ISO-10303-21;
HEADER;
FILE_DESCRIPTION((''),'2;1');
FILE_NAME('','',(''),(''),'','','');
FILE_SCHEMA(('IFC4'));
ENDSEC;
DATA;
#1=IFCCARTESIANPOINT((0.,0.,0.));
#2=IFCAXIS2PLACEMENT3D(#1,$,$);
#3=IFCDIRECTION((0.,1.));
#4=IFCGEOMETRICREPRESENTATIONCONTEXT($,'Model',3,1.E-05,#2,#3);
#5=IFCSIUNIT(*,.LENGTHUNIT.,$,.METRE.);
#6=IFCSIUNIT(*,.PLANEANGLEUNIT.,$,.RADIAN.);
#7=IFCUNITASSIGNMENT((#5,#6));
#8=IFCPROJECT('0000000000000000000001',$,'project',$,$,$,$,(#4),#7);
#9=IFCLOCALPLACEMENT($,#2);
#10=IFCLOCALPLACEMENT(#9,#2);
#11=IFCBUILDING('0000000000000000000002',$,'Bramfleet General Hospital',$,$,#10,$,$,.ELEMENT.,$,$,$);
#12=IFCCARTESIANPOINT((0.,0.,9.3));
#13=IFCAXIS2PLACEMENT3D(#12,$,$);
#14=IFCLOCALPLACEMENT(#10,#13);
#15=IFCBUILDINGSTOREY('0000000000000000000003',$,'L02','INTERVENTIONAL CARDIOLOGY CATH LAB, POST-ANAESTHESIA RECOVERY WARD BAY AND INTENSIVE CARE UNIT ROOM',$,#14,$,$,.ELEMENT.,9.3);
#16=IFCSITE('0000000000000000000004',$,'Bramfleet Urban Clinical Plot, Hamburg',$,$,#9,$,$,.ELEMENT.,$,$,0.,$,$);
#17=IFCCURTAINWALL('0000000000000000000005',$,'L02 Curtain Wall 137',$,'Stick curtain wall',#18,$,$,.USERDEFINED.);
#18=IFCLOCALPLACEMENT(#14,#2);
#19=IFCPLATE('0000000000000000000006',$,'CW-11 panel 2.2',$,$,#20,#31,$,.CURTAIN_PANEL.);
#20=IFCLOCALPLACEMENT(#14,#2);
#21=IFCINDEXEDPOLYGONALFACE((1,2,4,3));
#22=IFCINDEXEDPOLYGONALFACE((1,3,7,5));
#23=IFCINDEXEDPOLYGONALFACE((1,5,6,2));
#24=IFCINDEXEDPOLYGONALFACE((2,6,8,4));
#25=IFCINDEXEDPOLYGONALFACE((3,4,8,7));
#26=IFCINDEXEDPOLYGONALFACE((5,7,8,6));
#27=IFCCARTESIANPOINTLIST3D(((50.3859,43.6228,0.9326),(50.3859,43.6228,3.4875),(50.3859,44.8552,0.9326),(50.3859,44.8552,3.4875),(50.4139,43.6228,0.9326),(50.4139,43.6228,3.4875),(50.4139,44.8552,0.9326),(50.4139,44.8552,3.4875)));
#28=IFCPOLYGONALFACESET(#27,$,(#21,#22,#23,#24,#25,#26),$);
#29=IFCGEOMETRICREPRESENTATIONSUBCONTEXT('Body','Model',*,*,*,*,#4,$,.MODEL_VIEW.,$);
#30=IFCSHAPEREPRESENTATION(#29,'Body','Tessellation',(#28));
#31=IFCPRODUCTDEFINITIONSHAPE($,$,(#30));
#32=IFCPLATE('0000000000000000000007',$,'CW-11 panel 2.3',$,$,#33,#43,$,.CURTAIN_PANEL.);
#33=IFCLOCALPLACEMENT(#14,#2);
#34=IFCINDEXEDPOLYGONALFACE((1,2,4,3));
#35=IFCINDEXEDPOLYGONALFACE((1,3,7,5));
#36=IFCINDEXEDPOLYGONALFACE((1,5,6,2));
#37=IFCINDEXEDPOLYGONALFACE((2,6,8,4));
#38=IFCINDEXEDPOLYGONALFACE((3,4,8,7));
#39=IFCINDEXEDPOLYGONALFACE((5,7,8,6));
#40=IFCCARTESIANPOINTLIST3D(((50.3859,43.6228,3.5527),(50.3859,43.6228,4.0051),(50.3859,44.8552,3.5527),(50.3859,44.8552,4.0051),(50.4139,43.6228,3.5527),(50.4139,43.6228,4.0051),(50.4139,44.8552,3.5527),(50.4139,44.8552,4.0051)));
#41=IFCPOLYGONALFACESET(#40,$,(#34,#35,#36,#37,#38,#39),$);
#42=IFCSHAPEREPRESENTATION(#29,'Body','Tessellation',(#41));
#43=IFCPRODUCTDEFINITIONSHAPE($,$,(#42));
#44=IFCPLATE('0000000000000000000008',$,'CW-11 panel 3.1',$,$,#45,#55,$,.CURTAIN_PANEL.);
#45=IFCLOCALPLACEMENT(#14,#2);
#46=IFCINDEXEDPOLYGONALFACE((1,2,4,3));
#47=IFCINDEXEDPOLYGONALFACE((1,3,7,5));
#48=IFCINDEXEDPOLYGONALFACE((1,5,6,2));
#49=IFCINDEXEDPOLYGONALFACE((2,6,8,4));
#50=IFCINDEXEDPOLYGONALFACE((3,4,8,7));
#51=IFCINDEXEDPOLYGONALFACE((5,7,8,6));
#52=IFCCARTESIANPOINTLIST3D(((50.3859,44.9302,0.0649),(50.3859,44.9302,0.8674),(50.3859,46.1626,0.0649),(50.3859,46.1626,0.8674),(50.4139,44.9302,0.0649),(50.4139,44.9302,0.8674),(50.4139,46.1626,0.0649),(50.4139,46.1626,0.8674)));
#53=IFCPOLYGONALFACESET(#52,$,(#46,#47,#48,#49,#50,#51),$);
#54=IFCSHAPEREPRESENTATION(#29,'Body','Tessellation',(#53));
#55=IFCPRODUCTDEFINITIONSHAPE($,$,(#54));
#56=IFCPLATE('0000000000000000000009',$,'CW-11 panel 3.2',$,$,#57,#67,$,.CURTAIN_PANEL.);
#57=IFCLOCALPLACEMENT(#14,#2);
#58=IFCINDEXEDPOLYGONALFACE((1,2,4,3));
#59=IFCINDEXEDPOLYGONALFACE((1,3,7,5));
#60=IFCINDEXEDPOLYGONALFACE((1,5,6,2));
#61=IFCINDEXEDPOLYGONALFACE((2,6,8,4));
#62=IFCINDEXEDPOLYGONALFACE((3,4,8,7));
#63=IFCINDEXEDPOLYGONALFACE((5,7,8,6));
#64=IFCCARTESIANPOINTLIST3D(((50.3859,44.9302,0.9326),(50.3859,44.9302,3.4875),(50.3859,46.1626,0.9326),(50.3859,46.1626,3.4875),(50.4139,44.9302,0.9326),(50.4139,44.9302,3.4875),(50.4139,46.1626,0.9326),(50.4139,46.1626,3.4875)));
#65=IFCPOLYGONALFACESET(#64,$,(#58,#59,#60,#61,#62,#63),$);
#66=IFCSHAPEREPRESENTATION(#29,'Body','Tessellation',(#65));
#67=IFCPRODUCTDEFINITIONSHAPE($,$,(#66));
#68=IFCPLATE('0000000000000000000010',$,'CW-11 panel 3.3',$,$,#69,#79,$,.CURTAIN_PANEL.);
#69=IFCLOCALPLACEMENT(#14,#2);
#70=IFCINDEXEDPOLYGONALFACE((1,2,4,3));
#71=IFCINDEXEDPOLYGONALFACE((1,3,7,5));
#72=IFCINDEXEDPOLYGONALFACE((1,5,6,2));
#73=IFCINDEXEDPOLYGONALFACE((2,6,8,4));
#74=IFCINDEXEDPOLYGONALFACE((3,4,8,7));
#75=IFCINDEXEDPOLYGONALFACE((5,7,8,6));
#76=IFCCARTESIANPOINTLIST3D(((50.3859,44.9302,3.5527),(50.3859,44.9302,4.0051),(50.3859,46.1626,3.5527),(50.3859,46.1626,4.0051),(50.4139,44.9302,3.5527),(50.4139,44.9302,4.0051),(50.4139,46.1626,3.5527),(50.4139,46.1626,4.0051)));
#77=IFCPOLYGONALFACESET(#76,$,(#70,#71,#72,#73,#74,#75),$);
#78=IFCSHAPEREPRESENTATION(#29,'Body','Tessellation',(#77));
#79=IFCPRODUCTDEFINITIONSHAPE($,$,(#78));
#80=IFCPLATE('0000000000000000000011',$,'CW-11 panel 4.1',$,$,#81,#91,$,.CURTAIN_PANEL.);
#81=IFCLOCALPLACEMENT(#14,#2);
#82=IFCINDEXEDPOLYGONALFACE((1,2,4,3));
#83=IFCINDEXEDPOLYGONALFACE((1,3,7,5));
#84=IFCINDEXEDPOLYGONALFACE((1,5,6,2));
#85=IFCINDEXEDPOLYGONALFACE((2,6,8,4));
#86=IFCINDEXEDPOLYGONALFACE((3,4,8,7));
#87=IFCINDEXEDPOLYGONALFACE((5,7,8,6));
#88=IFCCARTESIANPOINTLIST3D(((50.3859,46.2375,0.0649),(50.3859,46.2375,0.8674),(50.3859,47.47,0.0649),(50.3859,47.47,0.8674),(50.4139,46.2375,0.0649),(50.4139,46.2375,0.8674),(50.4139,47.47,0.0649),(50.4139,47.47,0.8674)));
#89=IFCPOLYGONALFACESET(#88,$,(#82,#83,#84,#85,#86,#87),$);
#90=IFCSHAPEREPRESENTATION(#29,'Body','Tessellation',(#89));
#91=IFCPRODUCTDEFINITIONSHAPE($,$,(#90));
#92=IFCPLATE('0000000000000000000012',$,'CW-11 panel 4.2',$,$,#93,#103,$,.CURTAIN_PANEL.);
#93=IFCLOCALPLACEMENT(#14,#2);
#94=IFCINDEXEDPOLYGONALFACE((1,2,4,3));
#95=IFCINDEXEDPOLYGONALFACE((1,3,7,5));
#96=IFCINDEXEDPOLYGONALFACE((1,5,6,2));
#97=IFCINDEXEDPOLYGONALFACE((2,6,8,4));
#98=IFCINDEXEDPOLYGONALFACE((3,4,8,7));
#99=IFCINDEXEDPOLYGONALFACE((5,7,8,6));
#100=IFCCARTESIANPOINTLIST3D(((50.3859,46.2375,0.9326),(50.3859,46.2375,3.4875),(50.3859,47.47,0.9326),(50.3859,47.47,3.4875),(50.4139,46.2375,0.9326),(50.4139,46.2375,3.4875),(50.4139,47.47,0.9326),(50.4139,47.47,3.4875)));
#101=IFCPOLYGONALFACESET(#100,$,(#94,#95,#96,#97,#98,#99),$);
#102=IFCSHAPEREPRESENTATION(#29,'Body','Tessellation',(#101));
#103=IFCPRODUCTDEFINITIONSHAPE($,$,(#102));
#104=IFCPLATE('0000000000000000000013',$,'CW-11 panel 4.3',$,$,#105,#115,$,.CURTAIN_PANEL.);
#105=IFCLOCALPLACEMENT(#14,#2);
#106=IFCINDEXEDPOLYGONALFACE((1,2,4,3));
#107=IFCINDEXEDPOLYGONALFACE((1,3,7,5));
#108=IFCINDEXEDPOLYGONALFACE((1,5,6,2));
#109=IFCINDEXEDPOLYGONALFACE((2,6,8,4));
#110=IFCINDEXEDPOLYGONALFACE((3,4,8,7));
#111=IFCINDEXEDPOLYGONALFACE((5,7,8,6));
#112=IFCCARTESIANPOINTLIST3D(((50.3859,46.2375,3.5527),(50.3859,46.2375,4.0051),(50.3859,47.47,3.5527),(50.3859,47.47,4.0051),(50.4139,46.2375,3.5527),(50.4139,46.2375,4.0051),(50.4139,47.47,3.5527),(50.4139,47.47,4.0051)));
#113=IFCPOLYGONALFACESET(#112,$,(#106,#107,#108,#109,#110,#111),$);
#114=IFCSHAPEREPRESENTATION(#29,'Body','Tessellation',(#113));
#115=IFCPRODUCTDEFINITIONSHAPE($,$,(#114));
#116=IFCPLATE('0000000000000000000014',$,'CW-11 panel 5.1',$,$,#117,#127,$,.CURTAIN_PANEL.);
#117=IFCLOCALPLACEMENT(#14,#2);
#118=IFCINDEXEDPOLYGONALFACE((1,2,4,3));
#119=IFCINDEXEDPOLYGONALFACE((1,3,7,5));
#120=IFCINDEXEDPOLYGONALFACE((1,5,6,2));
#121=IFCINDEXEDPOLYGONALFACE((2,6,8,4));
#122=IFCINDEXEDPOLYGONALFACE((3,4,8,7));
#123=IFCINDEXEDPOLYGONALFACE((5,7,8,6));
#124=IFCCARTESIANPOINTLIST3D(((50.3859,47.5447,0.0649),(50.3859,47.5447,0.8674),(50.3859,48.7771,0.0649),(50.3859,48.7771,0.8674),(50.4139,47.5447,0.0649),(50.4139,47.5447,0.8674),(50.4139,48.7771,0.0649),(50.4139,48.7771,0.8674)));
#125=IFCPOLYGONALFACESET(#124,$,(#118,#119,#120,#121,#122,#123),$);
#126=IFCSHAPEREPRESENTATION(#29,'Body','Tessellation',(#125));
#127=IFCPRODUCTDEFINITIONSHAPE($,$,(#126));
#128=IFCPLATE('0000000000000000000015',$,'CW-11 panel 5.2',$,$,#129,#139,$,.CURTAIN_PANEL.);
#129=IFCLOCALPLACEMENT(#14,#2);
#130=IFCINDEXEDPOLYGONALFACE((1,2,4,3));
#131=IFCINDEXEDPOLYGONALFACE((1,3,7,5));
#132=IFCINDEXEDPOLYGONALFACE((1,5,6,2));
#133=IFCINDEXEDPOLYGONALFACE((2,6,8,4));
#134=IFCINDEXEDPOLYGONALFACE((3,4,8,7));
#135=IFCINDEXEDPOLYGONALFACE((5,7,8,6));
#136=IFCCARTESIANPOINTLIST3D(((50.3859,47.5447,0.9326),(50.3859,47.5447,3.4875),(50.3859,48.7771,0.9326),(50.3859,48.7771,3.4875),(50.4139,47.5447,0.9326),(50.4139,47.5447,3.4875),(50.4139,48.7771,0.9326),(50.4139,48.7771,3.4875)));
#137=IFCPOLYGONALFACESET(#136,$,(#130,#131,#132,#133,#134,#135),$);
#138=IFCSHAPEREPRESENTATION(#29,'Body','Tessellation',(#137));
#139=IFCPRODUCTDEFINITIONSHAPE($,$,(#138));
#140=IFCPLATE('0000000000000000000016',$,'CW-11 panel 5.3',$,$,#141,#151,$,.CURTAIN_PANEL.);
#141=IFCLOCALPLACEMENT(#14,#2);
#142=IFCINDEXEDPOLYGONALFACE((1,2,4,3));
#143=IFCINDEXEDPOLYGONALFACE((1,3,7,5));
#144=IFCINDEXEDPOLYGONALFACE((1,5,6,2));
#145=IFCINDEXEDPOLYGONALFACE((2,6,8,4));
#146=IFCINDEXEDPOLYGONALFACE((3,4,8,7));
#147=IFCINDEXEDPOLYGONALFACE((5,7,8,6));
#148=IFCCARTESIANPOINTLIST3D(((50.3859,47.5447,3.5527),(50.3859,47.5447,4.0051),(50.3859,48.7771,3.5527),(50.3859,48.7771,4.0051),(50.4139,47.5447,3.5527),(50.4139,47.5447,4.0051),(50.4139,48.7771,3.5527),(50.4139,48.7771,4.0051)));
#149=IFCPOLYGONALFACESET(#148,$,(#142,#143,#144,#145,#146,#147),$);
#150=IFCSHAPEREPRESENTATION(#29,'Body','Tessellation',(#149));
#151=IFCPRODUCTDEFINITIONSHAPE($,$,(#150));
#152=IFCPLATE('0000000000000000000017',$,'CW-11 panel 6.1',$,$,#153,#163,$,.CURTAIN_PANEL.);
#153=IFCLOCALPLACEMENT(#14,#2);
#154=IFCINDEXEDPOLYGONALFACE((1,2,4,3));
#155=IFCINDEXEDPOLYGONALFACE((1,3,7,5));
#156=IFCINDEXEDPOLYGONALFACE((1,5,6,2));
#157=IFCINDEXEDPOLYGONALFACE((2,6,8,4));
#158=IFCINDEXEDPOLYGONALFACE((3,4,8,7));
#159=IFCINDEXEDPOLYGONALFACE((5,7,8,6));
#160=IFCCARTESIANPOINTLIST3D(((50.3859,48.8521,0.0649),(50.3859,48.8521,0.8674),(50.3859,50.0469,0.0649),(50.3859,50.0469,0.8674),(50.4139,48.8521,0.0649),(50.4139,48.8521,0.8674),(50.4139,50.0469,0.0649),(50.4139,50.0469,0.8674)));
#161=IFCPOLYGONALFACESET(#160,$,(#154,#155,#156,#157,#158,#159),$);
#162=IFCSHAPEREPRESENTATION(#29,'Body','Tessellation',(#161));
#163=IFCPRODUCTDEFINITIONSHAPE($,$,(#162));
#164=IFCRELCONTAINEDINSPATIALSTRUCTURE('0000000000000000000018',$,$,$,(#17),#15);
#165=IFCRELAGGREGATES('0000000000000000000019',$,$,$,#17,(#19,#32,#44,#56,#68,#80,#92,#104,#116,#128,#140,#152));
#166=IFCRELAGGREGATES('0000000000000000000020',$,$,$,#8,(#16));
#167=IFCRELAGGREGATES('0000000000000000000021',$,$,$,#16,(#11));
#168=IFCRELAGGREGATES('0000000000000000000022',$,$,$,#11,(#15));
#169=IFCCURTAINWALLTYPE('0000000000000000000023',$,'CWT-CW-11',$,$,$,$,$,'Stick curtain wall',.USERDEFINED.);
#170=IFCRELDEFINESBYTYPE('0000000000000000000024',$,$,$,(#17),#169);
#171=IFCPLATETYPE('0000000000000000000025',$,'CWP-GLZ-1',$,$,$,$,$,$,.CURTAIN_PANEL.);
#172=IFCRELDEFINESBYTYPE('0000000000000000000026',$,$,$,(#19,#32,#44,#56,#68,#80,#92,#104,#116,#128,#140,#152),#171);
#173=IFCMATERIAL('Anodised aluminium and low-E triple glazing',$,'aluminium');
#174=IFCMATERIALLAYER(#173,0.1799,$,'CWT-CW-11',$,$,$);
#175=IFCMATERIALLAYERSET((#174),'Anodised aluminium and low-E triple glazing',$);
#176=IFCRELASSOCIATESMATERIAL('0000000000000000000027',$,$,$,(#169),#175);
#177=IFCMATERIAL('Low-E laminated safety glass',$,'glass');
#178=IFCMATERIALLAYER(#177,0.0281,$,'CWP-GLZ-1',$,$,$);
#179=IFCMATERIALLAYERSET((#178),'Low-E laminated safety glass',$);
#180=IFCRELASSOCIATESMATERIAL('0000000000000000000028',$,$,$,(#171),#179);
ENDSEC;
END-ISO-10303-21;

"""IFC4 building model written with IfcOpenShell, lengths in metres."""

from ifc_helpers import new_model, si_unit, direction, frame, origin, origin_2d, place, context, subcontext, project, spatial, rectangle, extrude, material, layer, layer_set, type_object, element, aggregate, save


model = new_model("IFC4")

# Units and contexts
model_context = context("Model", 3, precision=1e-05, world=origin(), true_north=direction((0.0, 1.0)))
body_context = subcontext(model_context, "Body", "Model", "MODEL_VIEW")
ifc_project = project(units=[si_unit("LENGTHUNIT", "METRE"), si_unit("PLANEANGLEUNIT", "RADIAN")], contexts=[model_context])

# Site, building, storey
site_placement = place(None, origin())
site = spatial("IfcSite", under=ifc_project, at=site_placement, Name="Bramfleet Urban Clinical Plot, Hamburg", CompositionType="ELEMENT", RefElevation=0.0)
building_placement = place(site_placement, origin())
building = spatial("IfcBuilding", under=site, at=building_placement, Name="Bramfleet General Hospital", CompositionType="ELEMENT")
storey_placement = place(building_placement, frame((0.0, 0.0, 9.3)))
storey = spatial("IfcBuildingStorey", under=building, at=storey_placement, Name="L02", Description="INTERVENTIONAL CARDIOLOGY CATH LAB, POST-ANAESTHESIA RECOVERY WARD BAY AND INTENSIVE CARE UNIT ROOM", CompositionType="ELEMENT", Elevation=9.3)

# Curtain wall, plates
ifc_material_1 = material(Name="Anodised aluminium and low-E triple glazing", Category="aluminium")
ifc_layer_1 = layer(ifc_material_1, 0.1799, Name="CWT-CW-11")
ifc_layer_set_1 = layer_set([ifc_layer_1], Name="Anodised aluminium and low-E triple glazing")
curtain_wall_type = type_object("IfcCurtainWallType", Name="CWT-CW-11", ElementType="Stick curtain wall", PredefinedType="USERDEFINED", material=ifc_layer_set_1)
curtain_wall_placement = place(storey_placement, origin())
curtain_wall = element("IfcCurtainWall", 1, at=curtain_wall_placement, inside=storey, type_object=curtain_wall_type, Name="L02 Curtain Wall 137", ObjectType="Stick curtain wall", PredefinedType="USERDEFINED")
ifc_material_2 = material(Name="Low-E laminated safety glass", Category="glass")
ifc_layer_2 = layer(ifc_material_2, 0.0281, Name="CWP-GLZ-1")
ifc_layer_set_2 = layer_set([ifc_layer_2], Name="Low-E laminated safety glass")
plate_type = type_object("IfcPlateType", Name="CWP-GLZ-1", PredefinedType="CURTAIN_PANEL", material=ifc_layer_set_2)
plate_1_placement = place(storey_placement, frame((50.3999, 44.239, 0.9326), z_axis=(0.0, 0.0, 1.0), x_axis=(0.0, 1.0, 0.0)))
plate_1 = element("IfcPlate", 2, at=plate_1_placement, type_object=plate_type, Name="CW-11 panel 2.2", PredefinedType="CURTAIN_PANEL", context=body_context, shape_type="SweptSolid", body=[
    extrude(rectangle(XDim=1.2324, YDim=0.0281, at=origin_2d()), origin(), (0.0, 0.0, 1.0), 2.5549),
])
plate_2_placement = place(storey_placement, frame((50.3999, 44.239, 3.5527), z_axis=(0.0, 0.0, 1.0), x_axis=(0.0, 1.0, 0.0)))
plate_2 = element("IfcPlate", 3, at=plate_2_placement, type_object=plate_type, Name="CW-11 panel 2.3", PredefinedType="CURTAIN_PANEL", context=body_context, shape_type="SweptSolid", body=[
    extrude(rectangle(XDim=1.2324, YDim=0.0281, at=origin_2d()), origin(), (0.0, 0.0, 1.0), 0.4524),
])
plate_3_placement = place(storey_placement, frame((50.3999, 45.5464, 0.0649), z_axis=(0.0, 0.0, 1.0), x_axis=(0.0, 1.0, 0.0)))
plate_3 = element("IfcPlate", 4, at=plate_3_placement, type_object=plate_type, Name="CW-11 panel 3.1", PredefinedType="CURTAIN_PANEL", context=body_context, shape_type="SweptSolid", body=[
    extrude(rectangle(XDim=1.2324, YDim=0.0281, at=origin_2d()), origin(), (0.0, 0.0, 1.0), 0.8025),
])
plate_4_placement = place(storey_placement, frame((50.3999, 45.5464, 0.9326), z_axis=(0.0, 0.0, 1.0), x_axis=(0.0, 1.0, 0.0)))
plate_4 = element("IfcPlate", 5, at=plate_4_placement, type_object=plate_type, Name="CW-11 panel 3.2", PredefinedType="CURTAIN_PANEL", context=body_context, shape_type="SweptSolid", body=[
    extrude(rectangle(XDim=1.2324, YDim=0.0281, at=origin_2d()), origin(), (0.0, 0.0, 1.0), 2.5549),
])
plate_5_placement = place(storey_placement, frame((50.3999, 45.5464, 3.5527), z_axis=(0.0, 0.0, 1.0), x_axis=(0.0, 1.0, 0.0)))
plate_5 = element("IfcPlate", 6, at=plate_5_placement, type_object=plate_type, Name="CW-11 panel 3.3", PredefinedType="CURTAIN_PANEL", context=body_context, shape_type="SweptSolid", body=[
    extrude(rectangle(XDim=1.2324, YDim=0.0281, at=origin_2d()), origin(), (0.0, 0.0, 1.0), 0.4524),
])
plate_6_placement = place(storey_placement, frame((50.3999, 46.8538, 0.0649), z_axis=(0.0, 0.0, 1.0), x_axis=(0.0, 1.0, 0.0)))
plate_6 = element("IfcPlate", 7, at=plate_6_placement, type_object=plate_type, Name="CW-11 panel 4.1", PredefinedType="CURTAIN_PANEL", context=body_context, shape_type="SweptSolid", body=[
    extrude(rectangle(XDim=1.2324, YDim=0.0281, at=origin_2d()), origin(), (0.0, 0.0, 1.0), 0.8025),
])
plate_7_placement = place(storey_placement, frame((50.3999, 46.8538, 0.9326), z_axis=(0.0, 0.0, 1.0), x_axis=(0.0, 1.0, 0.0)))
plate_7 = element("IfcPlate", 8, at=plate_7_placement, type_object=plate_type, Name="CW-11 panel 4.2", PredefinedType="CURTAIN_PANEL", context=body_context, shape_type="SweptSolid", body=[
    extrude(rectangle(XDim=1.2324, YDim=0.0281, at=origin_2d()), origin(), (0.0, 0.0, 1.0), 2.5549),
])
plate_8_placement = place(storey_placement, frame((50.3999, 46.8538, 3.5527), z_axis=(0.0, 0.0, 1.0), x_axis=(0.0, 1.0, 0.0)))
plate_8 = element("IfcPlate", 9, at=plate_8_placement, type_object=plate_type, Name="CW-11 panel 4.3", PredefinedType="CURTAIN_PANEL", context=body_context, shape_type="SweptSolid", body=[
    extrude(rectangle(XDim=1.2324, YDim=0.0281, at=origin_2d()), origin(), (0.0, 0.0, 1.0), 0.4524),
])
plate_9_placement = place(storey_placement, frame((50.3999, 48.1609, 0.0649), z_axis=(0.0, 0.0, 1.0), x_axis=(0.0, 1.0, 0.0)))
plate_9 = element("IfcPlate", 10, at=plate_9_placement, type_object=plate_type, Name="CW-11 panel 5.1", PredefinedType="CURTAIN_PANEL", context=body_context, shape_type="SweptSolid", body=[
    extrude(rectangle(XDim=1.2324, YDim=0.0281, at=origin_2d()), origin(), (0.0, 0.0, 1.0), 0.8025),
])
plate_10_placement = place(storey_placement, frame((50.3999, 48.1609, 0.9326), z_axis=(0.0, 0.0, 1.0), x_axis=(0.0, 1.0, 0.0)))
plate_10 = element("IfcPlate", 11, at=plate_10_placement, type_object=plate_type, Name="CW-11 panel 5.2", PredefinedType="CURTAIN_PANEL", context=body_context, shape_type="SweptSolid", body=[
    extrude(rectangle(XDim=1.2324, YDim=0.0281, at=origin_2d()), origin(), (0.0, 0.0, 1.0), 2.5549),
])
plate_11_placement = place(storey_placement, frame((50.3999, 48.1609, 3.5527), z_axis=(0.0, 0.0, 1.0), x_axis=(0.0, 1.0, 0.0)))
plate_11 = element("IfcPlate", 12, at=plate_11_placement, type_object=plate_type, Name="CW-11 panel 5.3", PredefinedType="CURTAIN_PANEL", context=body_context, shape_type="SweptSolid", body=[
    extrude(rectangle(XDim=1.2324, YDim=0.0281, at=origin_2d()), origin(), (0.0, 0.0, 1.0), 0.4524),
])
plate_12_placement = place(storey_placement, frame((50.3999, 49.4495, 0.0649), z_axis=(0.0, 0.0, 1.0), x_axis=(0.0, 1.0, 0.0)))
plate_12 = element("IfcPlate", 13, at=plate_12_placement, type_object=plate_type, Name="CW-11 panel 6.1", PredefinedType="CURTAIN_PANEL", context=body_context, shape_type="SweptSolid", body=[
    extrude(rectangle(XDim=1.1948, YDim=0.0281, at=origin_2d()), origin(), (0.0, 0.0, 1.0), 0.8025),
])
aggregate(curtain_wall, [plate_1, plate_2, plate_3, plate_4, plate_5, plate_6, plate_7, plate_8, plate_9, plate_10, plate_11, plate_12])

save(model, "model.ifc")
